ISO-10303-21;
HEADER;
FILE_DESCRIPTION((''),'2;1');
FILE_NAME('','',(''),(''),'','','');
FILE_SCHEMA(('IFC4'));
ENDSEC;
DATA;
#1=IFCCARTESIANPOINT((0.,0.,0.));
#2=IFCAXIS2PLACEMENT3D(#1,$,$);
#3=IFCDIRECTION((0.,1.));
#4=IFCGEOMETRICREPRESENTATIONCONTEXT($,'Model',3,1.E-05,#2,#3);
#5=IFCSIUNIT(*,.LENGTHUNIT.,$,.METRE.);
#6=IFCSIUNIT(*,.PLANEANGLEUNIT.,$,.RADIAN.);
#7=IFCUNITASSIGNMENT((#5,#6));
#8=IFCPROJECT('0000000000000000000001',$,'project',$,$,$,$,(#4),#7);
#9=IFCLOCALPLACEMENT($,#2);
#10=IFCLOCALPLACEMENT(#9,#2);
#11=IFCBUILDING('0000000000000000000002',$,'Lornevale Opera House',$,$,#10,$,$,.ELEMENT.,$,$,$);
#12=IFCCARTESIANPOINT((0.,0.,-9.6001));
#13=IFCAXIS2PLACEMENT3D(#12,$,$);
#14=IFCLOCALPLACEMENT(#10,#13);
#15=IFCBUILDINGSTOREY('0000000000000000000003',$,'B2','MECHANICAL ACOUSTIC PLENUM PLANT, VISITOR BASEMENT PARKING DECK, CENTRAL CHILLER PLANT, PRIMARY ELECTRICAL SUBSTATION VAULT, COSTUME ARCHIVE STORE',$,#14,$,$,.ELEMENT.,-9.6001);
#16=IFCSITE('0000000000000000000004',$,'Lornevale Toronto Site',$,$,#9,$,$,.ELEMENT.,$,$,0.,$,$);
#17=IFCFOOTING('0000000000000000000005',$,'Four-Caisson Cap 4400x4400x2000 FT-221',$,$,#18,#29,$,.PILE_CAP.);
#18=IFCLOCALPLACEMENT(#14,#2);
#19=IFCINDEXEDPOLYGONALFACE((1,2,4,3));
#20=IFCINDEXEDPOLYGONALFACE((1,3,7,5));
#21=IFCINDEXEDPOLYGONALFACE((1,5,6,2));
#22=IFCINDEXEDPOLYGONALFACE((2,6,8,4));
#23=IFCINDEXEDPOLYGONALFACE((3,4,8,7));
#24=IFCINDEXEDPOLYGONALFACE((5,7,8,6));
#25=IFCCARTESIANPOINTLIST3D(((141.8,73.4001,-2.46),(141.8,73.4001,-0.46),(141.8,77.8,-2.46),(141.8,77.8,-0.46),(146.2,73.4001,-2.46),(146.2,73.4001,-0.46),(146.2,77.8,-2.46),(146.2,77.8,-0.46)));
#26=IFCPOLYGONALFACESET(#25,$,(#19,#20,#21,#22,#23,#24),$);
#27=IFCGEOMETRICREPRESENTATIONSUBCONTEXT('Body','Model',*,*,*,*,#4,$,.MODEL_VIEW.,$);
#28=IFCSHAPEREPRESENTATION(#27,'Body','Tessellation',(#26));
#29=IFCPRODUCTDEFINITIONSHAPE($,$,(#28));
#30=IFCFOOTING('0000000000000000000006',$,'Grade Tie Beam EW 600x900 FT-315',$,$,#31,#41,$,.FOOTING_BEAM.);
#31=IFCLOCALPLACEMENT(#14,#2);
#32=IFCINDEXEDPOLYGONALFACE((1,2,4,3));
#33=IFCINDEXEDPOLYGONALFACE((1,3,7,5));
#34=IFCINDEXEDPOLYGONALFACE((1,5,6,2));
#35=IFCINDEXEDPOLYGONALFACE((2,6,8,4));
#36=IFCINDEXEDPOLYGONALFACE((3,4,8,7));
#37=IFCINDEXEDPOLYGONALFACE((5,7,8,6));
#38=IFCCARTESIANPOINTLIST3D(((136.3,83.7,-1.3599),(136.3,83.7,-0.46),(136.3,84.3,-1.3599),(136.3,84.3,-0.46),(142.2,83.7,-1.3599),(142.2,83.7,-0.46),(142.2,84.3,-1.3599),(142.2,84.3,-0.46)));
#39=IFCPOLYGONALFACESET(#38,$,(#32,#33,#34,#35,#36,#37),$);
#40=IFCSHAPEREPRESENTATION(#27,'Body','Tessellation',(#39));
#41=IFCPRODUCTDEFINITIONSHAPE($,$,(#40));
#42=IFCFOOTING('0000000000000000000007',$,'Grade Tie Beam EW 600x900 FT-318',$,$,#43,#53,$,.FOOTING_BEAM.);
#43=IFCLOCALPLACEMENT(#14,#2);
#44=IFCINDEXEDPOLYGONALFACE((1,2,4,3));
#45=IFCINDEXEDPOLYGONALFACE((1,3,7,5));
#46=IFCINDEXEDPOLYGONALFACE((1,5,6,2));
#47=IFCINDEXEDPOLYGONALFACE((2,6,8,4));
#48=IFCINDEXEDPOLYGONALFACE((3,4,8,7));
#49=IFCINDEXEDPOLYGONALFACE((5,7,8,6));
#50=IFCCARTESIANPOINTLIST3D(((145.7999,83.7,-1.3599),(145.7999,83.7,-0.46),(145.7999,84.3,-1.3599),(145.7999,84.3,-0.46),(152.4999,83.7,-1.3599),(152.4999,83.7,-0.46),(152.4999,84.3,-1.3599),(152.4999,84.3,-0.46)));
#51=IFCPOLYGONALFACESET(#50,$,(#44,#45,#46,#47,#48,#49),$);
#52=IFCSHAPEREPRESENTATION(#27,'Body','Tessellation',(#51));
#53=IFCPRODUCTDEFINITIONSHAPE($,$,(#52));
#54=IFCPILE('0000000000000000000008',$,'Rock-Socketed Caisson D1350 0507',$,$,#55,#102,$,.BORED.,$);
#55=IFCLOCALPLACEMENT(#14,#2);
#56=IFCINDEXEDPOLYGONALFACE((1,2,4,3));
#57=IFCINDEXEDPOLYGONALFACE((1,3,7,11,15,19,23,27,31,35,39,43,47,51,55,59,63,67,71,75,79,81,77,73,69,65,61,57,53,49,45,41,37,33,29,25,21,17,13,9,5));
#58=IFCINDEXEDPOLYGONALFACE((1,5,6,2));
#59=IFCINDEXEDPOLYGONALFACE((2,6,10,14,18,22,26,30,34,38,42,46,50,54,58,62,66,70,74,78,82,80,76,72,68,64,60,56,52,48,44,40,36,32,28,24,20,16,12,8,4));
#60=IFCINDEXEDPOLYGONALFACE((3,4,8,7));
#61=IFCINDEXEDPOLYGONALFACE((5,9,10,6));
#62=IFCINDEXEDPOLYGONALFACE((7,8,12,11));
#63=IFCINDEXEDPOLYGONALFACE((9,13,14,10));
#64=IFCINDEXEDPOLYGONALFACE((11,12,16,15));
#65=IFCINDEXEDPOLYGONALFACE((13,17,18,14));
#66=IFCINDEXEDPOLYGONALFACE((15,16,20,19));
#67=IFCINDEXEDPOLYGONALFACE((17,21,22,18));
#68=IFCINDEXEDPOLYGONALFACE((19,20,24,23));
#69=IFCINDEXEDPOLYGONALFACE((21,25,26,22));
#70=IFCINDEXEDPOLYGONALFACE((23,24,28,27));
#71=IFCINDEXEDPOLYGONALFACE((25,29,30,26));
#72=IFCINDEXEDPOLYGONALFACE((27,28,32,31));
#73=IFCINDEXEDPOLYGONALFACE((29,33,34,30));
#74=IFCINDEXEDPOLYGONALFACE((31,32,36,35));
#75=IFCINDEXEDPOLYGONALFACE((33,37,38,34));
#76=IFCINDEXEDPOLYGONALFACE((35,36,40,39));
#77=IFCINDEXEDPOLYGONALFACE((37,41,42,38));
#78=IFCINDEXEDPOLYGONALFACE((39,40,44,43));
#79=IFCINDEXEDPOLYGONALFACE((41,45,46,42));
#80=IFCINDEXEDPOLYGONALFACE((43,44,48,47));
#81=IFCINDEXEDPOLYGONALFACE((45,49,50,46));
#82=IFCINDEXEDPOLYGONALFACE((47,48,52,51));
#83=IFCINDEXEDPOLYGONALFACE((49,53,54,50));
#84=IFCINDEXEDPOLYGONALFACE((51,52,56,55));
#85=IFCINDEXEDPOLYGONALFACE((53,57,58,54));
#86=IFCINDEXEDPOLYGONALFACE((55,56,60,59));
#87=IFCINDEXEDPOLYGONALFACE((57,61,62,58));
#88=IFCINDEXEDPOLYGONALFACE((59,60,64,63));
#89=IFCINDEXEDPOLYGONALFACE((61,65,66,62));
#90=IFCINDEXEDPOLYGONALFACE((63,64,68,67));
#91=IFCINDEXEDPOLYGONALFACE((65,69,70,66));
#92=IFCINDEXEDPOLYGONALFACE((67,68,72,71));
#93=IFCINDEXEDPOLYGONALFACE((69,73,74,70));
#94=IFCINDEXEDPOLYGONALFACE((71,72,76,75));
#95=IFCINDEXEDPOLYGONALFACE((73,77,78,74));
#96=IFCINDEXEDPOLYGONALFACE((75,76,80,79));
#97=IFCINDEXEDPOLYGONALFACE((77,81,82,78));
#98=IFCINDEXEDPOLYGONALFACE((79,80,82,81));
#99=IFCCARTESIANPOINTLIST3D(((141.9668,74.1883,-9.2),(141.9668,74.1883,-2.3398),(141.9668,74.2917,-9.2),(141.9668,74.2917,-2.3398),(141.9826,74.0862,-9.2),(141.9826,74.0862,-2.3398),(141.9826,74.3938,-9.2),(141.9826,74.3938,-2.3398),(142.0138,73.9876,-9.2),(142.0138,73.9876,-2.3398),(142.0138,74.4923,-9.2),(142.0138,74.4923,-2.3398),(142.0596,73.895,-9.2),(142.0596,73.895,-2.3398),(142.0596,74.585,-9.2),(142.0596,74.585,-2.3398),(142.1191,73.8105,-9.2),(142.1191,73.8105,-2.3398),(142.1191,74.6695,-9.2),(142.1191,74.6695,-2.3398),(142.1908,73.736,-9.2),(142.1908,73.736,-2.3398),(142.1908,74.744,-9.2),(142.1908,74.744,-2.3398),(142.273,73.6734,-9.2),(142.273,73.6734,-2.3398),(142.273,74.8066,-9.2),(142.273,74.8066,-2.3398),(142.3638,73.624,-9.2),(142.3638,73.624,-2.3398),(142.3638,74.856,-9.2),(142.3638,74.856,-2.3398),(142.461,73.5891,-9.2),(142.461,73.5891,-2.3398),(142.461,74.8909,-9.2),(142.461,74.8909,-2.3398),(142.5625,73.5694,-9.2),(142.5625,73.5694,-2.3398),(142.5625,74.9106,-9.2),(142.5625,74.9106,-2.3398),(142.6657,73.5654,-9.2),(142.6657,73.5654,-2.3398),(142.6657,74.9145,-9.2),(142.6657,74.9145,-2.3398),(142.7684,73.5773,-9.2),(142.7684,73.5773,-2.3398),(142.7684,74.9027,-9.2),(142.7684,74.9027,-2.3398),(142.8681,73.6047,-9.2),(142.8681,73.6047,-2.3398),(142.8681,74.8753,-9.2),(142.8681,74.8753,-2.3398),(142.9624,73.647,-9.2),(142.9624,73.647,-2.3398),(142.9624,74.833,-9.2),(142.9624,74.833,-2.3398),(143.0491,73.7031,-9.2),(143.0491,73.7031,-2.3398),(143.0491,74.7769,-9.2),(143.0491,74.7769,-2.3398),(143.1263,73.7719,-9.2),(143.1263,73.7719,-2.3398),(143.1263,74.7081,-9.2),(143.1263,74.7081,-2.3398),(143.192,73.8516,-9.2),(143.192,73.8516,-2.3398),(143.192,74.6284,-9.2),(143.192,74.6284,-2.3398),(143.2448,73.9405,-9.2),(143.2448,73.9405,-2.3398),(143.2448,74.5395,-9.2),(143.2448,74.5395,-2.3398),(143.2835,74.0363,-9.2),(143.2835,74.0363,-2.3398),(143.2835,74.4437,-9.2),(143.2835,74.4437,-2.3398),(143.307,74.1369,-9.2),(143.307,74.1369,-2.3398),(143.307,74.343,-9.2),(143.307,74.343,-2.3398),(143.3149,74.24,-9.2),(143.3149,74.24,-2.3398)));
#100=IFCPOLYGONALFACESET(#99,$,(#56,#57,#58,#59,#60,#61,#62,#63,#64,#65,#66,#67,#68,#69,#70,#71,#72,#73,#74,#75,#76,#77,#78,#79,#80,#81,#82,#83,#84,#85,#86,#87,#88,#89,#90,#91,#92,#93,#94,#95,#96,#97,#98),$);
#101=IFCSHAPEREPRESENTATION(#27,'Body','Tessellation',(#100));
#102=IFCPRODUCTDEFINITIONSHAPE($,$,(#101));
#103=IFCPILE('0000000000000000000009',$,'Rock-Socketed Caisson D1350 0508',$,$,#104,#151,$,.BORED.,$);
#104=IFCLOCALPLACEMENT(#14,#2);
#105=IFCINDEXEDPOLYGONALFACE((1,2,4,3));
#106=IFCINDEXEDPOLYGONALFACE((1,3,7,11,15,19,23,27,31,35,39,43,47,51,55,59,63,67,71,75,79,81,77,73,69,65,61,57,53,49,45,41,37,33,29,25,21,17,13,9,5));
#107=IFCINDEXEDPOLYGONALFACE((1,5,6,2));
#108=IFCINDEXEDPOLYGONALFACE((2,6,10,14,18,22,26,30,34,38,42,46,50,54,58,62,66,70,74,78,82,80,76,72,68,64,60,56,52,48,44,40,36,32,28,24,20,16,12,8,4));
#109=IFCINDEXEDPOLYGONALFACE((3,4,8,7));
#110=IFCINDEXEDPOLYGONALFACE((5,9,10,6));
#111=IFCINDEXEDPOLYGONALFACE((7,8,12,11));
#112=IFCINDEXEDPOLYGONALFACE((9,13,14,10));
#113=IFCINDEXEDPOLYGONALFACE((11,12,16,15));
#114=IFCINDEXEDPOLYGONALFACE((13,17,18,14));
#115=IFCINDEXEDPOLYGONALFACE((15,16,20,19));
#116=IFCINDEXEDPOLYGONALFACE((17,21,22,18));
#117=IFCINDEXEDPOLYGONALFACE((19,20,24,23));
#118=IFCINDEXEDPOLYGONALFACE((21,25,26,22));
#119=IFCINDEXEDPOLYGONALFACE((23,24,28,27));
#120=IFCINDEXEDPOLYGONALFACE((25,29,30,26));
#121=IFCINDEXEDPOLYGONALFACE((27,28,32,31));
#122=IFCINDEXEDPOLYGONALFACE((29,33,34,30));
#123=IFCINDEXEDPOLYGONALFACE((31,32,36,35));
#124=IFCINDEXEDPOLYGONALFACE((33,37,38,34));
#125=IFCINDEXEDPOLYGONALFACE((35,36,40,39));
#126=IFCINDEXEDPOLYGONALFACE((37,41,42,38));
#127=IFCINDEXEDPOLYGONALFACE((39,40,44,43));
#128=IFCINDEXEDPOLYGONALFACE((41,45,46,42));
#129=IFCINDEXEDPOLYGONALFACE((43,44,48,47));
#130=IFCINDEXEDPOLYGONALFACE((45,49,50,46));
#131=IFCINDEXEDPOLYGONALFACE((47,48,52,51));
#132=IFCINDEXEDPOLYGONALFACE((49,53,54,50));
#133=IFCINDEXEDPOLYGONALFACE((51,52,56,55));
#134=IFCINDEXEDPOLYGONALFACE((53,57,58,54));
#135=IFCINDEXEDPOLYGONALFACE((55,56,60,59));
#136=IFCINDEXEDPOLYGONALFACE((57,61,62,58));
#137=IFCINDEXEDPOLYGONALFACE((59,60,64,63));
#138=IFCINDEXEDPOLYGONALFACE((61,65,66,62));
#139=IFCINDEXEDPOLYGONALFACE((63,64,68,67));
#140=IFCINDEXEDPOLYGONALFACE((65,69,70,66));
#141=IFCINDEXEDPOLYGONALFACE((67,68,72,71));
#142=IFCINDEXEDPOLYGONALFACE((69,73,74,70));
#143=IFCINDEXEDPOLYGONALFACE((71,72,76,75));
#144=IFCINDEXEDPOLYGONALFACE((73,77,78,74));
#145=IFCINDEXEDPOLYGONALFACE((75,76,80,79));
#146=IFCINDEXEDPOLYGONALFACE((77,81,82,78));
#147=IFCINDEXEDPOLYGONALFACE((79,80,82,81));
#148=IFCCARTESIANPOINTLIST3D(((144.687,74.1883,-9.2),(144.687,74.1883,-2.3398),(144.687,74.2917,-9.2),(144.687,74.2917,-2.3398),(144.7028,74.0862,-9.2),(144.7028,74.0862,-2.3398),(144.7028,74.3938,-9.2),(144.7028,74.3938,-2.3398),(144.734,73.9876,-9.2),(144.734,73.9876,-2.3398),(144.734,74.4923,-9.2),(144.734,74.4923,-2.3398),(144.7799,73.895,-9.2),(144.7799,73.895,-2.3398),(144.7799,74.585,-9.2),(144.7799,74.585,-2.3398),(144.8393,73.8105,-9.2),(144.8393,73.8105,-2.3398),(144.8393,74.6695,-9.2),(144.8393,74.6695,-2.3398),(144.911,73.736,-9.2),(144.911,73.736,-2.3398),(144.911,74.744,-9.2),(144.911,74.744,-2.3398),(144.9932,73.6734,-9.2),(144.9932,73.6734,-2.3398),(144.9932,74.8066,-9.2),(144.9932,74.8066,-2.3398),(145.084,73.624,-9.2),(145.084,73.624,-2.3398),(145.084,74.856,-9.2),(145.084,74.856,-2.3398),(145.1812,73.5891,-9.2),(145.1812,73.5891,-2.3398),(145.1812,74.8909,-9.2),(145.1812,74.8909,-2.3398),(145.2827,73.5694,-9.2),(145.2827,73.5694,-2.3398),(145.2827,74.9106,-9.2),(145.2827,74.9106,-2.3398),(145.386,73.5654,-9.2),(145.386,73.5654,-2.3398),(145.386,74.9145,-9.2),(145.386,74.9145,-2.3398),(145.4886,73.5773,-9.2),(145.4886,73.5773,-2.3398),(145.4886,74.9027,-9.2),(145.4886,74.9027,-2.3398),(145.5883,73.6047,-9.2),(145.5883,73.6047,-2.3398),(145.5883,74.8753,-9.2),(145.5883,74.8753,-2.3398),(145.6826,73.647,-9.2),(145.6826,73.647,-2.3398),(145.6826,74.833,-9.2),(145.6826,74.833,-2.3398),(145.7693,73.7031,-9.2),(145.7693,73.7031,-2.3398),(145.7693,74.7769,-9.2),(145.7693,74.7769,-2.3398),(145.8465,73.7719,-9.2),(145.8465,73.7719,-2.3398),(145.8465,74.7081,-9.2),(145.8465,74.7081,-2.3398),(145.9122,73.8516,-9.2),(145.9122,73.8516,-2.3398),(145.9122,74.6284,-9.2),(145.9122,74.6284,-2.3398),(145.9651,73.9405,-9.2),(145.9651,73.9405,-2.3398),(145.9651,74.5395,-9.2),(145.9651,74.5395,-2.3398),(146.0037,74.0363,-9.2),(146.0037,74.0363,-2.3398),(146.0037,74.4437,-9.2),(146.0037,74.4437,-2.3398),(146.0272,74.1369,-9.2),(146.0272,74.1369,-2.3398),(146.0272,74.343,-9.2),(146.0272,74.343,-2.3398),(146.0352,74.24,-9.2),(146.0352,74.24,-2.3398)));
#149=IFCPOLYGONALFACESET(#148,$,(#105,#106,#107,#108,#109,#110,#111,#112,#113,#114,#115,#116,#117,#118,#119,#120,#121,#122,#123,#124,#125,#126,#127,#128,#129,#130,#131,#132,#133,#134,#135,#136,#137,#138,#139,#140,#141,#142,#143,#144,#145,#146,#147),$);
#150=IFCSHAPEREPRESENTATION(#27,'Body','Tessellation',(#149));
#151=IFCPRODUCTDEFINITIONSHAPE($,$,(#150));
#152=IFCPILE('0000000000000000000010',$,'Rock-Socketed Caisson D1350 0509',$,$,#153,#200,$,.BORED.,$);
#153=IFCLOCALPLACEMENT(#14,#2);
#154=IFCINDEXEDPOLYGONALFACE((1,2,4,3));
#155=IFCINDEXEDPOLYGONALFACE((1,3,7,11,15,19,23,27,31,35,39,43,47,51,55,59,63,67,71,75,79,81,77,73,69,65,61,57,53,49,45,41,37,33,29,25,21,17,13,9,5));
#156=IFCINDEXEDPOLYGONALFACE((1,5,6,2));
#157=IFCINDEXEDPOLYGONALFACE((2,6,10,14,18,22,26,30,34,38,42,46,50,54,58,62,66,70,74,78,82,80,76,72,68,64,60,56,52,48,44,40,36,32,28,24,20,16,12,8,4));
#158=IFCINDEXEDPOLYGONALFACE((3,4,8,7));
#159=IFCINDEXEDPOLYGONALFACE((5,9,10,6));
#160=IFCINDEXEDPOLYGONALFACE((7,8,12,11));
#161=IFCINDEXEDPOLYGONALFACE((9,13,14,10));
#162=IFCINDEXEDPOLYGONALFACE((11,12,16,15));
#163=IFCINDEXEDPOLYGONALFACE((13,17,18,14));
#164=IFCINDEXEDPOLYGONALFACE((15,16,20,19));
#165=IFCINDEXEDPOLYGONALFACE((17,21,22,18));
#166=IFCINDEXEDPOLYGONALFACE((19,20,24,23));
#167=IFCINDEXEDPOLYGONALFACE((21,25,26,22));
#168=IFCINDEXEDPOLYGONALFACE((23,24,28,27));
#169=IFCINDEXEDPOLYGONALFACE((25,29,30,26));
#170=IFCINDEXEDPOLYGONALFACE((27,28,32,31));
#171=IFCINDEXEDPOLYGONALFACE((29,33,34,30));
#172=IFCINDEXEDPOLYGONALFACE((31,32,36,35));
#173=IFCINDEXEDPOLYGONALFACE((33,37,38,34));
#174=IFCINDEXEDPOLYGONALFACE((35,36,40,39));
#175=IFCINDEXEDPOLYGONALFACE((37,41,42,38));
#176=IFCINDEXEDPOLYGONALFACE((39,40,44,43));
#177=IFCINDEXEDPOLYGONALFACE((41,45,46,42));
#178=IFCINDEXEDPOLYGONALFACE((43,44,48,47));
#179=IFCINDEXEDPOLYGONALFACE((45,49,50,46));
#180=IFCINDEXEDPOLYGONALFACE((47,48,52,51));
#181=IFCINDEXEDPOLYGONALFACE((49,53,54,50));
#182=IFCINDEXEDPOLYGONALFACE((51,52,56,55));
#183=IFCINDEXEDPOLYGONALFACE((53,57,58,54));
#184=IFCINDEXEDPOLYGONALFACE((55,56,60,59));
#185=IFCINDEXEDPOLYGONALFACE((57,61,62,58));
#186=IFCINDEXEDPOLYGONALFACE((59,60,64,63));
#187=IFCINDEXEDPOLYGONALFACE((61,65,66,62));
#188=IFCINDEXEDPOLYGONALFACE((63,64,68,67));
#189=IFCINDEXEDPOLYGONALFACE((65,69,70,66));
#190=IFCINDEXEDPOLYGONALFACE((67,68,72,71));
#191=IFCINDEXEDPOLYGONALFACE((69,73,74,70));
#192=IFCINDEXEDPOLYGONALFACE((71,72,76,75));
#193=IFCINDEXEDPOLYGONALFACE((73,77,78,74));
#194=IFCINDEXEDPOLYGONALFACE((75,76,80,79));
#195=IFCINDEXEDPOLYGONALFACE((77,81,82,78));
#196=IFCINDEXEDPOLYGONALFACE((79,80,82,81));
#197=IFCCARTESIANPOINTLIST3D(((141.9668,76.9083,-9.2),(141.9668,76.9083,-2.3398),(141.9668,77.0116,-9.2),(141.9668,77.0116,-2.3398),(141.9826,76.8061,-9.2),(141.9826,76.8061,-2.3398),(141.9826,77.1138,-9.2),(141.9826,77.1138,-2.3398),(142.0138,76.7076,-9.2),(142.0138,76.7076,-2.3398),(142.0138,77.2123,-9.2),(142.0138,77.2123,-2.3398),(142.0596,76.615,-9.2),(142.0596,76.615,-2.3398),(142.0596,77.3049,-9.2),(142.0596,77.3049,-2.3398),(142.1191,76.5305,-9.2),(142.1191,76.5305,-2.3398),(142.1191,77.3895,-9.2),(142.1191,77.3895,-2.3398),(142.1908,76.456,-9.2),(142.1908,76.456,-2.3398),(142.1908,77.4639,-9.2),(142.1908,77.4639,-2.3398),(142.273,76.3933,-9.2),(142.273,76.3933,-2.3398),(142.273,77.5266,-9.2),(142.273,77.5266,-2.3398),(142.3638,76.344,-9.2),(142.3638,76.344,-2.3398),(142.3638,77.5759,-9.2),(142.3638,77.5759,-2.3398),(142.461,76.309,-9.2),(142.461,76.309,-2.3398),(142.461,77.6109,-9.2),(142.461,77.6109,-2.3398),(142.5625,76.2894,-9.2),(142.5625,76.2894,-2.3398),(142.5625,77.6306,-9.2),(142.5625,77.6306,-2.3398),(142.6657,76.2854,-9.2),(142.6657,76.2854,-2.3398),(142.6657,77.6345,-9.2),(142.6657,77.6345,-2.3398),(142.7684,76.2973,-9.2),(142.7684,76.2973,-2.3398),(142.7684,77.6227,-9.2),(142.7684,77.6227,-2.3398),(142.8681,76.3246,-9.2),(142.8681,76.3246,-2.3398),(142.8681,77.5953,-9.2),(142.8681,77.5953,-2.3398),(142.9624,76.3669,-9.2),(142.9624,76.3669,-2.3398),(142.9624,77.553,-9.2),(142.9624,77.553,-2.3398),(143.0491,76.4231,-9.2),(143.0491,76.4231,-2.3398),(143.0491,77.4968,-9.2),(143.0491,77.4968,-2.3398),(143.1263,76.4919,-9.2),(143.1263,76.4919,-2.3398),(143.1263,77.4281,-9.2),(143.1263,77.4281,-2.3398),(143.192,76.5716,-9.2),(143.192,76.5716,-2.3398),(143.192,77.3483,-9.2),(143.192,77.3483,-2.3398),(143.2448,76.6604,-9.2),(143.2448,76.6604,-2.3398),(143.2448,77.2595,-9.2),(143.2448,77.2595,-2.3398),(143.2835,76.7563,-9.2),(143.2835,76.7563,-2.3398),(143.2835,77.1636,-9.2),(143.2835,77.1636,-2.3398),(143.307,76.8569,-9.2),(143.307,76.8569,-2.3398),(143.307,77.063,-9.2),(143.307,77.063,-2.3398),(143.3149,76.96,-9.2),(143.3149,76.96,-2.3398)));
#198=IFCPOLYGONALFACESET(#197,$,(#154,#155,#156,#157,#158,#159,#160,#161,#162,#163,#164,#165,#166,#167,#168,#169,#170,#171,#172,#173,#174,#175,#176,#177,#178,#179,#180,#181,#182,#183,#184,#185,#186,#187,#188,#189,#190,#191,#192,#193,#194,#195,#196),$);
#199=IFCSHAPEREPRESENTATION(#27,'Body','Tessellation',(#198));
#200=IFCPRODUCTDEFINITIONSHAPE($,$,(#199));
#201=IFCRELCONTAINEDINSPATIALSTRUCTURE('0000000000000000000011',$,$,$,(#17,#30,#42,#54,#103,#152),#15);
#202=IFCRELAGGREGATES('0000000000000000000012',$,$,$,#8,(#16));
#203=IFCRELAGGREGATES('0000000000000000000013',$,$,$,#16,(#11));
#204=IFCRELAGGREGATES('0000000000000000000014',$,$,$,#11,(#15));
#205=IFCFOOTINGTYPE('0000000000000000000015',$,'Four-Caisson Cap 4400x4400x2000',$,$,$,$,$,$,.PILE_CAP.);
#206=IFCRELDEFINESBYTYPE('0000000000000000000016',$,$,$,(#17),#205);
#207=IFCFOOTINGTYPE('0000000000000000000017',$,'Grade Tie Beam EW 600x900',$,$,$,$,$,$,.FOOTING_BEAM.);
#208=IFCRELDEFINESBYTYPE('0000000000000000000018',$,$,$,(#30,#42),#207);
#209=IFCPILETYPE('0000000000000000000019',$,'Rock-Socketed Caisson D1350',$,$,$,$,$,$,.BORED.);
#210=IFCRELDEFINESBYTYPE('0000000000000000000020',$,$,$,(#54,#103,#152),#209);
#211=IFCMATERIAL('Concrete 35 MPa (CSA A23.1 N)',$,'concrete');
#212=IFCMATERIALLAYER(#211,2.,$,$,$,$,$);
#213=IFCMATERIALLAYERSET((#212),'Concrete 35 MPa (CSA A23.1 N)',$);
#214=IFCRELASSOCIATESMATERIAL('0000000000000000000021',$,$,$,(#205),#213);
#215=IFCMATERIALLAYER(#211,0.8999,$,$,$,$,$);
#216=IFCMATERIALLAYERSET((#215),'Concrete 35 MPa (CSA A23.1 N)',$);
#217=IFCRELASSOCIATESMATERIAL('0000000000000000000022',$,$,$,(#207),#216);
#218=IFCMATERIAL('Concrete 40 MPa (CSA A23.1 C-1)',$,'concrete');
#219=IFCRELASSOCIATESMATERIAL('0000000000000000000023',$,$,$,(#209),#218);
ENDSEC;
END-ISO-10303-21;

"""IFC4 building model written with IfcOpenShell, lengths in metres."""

from ifc_helpers import new_model, si_unit, direction, frame, origin, origin_2d, place, context, subcontext, project, spatial, rectangle, circle, extrude, material, layer, layer_set, material_profile, profile_set, type_object, element, save


model = new_model("IFC4")

# Units and contexts
model_context = context("Model", 3, precision=1e-05, world=origin(), true_north=direction((0.0, 1.0)))
body_context = subcontext(model_context, "Body", "Model", "MODEL_VIEW")
ifc_project = project(units=[si_unit("LENGTHUNIT", "METRE"), si_unit("PLANEANGLEUNIT", "RADIAN")], contexts=[model_context])

# Site, building, storey
site_placement = place(None, origin())
site = spatial("IfcSite", under=ifc_project, at=site_placement, Name="Lornevale Toronto Site", CompositionType="ELEMENT", RefElevation=0.0)
building_placement = place(site_placement, origin())
building = spatial("IfcBuilding", under=site, at=building_placement, Name="Lornevale Opera House", CompositionType="ELEMENT")
storey_placement = place(building_placement, frame((0.0, 0.0, -9.6001)))
storey = spatial("IfcBuildingStorey", under=building, at=storey_placement, Name="B2", Description="MECHANICAL ACOUSTIC PLENUM PLANT, VISITOR BASEMENT PARKING DECK, CENTRAL CHILLER PLANT, PRIMARY ELECTRICAL SUBSTATION VAULT, COSTUME ARCHIVE STORE", CompositionType="ELEMENT", Elevation=-9.6001)

# Footings
ifc_material_1 = material(Name="Concrete 35 MPa (CSA A23.1 N)", Category="concrete")
ifc_layer_1 = layer(ifc_material_1, 2.0)
ifc_layer_set_1 = layer_set([ifc_layer_1], Name="Concrete 35 MPa (CSA A23.1 N)")
footing_type_1 = type_object("IfcFootingType", Name="Four-Caisson Cap 4400x4400x2000", PredefinedType="PILE_CAP", material=ifc_layer_set_1)
footing_1_placement = place(storey_placement, frame((144.0, 75.6001, -2.46), z_axis=(0.0, 0.0, 1.0), x_axis=(1.0, 0.0, 0.0)))
element("IfcFooting", 1, at=footing_1_placement, inside=storey, type_object=footing_type_1, Name="Four-Caisson Cap 4400x4400x2000 FT-221", PredefinedType="PILE_CAP", context=body_context, shape_type="SweptSolid", body=[
    extrude(rectangle(XDim=4.3999, YDim=4.3999, at=origin_2d()), origin(), (0.0, 0.0, 1.0), 2.0),
])
ifc_layer_2 = layer(ifc_material_1, 0.8999)
ifc_layer_set_2 = layer_set([ifc_layer_2], Name="Concrete 35 MPa (CSA A23.1 N)")
footing_type_2 = type_object("IfcFootingType", Name="Grade Tie Beam EW 600x900", PredefinedType="FOOTING_BEAM", material=ifc_layer_set_2)
footing_2_placement = place(storey_placement, frame((139.25, 84.0, -1.3599), z_axis=(0.0, 0.0, 1.0), x_axis=(1.0, 0.0, 0.0)))
element("IfcFooting", 2, at=footing_2_placement, inside=storey, type_object=footing_type_2, Name="Grade Tie Beam EW 600x900 FT-315", PredefinedType="FOOTING_BEAM", context=body_context, shape_type="SweptSolid", body=[
    extrude(rectangle(XDim=5.8999, YDim=0.6001, at=origin_2d()), origin(), (0.0, 0.0, 1.0), 0.8999),
])
footing_3_placement = place(storey_placement, frame((149.1499, 84.0, -1.3599), z_axis=(0.0, 0.0, 1.0), x_axis=(1.0, 0.0, 0.0)))
element("IfcFooting", 3, at=footing_3_placement, inside=storey, type_object=footing_type_2, Name="Grade Tie Beam EW 600x900 FT-318", PredefinedType="FOOTING_BEAM", context=body_context, shape_type="SweptSolid", body=[
    extrude(rectangle(XDim=6.7, YDim=0.6001, at=origin_2d()), origin(), (0.0, 0.0, 1.0), 0.8999),
])

# Piles
ifc_material_2 = material(Name="Concrete 40 MPa (CSA A23.1 C-1)", Category="concrete")
ifc_material_profile_1 = material_profile(ifc_material_2, circle(Radius=0.675, at=origin_2d()), Name="CAIS1350")
ifc_profile_set_1 = profile_set([ifc_material_profile_1], Name="Concrete 40 MPa (CSA A23.1 C-1)")
pile_type_1 = type_object("IfcPileType", Name="Rock-Socketed Caisson D1350", PredefinedType="BORED", material=ifc_profile_set_1)
for number, where, z_axis, x_axis, name in (
    (4, (142.6399, 74.24, -2.3398), (0.0, 0.0, -1.0), (1.0, 0.0, 0.0), "Rock-Socketed Caisson D1350 0507"),
    (5, (145.3601, 74.24, -2.3398), (0.0, 0.0, -1.0), (1.0, 0.0, 0.0), "Rock-Socketed Caisson D1350 0508"),
    (6, (142.6399, 76.96, -2.3398), (0.0, 0.0, -1.0), (1.0, 0.0, 0.0), "Rock-Socketed Caisson D1350 0509"),
):
    element("IfcPile", number, at=place(storey_placement, frame(where, z_axis=z_axis, x_axis=x_axis)), inside=storey, type_object=pile_type_1, Name=name, PredefinedType="BORED", context=body_context, shape_type="SweptSolid", body=[
        extrude(circle(Radius=0.675, at=origin_2d()), origin(), (0.0, 0.0, 1.0), 6.8601),
    ])

save(model, "model.ifc")
